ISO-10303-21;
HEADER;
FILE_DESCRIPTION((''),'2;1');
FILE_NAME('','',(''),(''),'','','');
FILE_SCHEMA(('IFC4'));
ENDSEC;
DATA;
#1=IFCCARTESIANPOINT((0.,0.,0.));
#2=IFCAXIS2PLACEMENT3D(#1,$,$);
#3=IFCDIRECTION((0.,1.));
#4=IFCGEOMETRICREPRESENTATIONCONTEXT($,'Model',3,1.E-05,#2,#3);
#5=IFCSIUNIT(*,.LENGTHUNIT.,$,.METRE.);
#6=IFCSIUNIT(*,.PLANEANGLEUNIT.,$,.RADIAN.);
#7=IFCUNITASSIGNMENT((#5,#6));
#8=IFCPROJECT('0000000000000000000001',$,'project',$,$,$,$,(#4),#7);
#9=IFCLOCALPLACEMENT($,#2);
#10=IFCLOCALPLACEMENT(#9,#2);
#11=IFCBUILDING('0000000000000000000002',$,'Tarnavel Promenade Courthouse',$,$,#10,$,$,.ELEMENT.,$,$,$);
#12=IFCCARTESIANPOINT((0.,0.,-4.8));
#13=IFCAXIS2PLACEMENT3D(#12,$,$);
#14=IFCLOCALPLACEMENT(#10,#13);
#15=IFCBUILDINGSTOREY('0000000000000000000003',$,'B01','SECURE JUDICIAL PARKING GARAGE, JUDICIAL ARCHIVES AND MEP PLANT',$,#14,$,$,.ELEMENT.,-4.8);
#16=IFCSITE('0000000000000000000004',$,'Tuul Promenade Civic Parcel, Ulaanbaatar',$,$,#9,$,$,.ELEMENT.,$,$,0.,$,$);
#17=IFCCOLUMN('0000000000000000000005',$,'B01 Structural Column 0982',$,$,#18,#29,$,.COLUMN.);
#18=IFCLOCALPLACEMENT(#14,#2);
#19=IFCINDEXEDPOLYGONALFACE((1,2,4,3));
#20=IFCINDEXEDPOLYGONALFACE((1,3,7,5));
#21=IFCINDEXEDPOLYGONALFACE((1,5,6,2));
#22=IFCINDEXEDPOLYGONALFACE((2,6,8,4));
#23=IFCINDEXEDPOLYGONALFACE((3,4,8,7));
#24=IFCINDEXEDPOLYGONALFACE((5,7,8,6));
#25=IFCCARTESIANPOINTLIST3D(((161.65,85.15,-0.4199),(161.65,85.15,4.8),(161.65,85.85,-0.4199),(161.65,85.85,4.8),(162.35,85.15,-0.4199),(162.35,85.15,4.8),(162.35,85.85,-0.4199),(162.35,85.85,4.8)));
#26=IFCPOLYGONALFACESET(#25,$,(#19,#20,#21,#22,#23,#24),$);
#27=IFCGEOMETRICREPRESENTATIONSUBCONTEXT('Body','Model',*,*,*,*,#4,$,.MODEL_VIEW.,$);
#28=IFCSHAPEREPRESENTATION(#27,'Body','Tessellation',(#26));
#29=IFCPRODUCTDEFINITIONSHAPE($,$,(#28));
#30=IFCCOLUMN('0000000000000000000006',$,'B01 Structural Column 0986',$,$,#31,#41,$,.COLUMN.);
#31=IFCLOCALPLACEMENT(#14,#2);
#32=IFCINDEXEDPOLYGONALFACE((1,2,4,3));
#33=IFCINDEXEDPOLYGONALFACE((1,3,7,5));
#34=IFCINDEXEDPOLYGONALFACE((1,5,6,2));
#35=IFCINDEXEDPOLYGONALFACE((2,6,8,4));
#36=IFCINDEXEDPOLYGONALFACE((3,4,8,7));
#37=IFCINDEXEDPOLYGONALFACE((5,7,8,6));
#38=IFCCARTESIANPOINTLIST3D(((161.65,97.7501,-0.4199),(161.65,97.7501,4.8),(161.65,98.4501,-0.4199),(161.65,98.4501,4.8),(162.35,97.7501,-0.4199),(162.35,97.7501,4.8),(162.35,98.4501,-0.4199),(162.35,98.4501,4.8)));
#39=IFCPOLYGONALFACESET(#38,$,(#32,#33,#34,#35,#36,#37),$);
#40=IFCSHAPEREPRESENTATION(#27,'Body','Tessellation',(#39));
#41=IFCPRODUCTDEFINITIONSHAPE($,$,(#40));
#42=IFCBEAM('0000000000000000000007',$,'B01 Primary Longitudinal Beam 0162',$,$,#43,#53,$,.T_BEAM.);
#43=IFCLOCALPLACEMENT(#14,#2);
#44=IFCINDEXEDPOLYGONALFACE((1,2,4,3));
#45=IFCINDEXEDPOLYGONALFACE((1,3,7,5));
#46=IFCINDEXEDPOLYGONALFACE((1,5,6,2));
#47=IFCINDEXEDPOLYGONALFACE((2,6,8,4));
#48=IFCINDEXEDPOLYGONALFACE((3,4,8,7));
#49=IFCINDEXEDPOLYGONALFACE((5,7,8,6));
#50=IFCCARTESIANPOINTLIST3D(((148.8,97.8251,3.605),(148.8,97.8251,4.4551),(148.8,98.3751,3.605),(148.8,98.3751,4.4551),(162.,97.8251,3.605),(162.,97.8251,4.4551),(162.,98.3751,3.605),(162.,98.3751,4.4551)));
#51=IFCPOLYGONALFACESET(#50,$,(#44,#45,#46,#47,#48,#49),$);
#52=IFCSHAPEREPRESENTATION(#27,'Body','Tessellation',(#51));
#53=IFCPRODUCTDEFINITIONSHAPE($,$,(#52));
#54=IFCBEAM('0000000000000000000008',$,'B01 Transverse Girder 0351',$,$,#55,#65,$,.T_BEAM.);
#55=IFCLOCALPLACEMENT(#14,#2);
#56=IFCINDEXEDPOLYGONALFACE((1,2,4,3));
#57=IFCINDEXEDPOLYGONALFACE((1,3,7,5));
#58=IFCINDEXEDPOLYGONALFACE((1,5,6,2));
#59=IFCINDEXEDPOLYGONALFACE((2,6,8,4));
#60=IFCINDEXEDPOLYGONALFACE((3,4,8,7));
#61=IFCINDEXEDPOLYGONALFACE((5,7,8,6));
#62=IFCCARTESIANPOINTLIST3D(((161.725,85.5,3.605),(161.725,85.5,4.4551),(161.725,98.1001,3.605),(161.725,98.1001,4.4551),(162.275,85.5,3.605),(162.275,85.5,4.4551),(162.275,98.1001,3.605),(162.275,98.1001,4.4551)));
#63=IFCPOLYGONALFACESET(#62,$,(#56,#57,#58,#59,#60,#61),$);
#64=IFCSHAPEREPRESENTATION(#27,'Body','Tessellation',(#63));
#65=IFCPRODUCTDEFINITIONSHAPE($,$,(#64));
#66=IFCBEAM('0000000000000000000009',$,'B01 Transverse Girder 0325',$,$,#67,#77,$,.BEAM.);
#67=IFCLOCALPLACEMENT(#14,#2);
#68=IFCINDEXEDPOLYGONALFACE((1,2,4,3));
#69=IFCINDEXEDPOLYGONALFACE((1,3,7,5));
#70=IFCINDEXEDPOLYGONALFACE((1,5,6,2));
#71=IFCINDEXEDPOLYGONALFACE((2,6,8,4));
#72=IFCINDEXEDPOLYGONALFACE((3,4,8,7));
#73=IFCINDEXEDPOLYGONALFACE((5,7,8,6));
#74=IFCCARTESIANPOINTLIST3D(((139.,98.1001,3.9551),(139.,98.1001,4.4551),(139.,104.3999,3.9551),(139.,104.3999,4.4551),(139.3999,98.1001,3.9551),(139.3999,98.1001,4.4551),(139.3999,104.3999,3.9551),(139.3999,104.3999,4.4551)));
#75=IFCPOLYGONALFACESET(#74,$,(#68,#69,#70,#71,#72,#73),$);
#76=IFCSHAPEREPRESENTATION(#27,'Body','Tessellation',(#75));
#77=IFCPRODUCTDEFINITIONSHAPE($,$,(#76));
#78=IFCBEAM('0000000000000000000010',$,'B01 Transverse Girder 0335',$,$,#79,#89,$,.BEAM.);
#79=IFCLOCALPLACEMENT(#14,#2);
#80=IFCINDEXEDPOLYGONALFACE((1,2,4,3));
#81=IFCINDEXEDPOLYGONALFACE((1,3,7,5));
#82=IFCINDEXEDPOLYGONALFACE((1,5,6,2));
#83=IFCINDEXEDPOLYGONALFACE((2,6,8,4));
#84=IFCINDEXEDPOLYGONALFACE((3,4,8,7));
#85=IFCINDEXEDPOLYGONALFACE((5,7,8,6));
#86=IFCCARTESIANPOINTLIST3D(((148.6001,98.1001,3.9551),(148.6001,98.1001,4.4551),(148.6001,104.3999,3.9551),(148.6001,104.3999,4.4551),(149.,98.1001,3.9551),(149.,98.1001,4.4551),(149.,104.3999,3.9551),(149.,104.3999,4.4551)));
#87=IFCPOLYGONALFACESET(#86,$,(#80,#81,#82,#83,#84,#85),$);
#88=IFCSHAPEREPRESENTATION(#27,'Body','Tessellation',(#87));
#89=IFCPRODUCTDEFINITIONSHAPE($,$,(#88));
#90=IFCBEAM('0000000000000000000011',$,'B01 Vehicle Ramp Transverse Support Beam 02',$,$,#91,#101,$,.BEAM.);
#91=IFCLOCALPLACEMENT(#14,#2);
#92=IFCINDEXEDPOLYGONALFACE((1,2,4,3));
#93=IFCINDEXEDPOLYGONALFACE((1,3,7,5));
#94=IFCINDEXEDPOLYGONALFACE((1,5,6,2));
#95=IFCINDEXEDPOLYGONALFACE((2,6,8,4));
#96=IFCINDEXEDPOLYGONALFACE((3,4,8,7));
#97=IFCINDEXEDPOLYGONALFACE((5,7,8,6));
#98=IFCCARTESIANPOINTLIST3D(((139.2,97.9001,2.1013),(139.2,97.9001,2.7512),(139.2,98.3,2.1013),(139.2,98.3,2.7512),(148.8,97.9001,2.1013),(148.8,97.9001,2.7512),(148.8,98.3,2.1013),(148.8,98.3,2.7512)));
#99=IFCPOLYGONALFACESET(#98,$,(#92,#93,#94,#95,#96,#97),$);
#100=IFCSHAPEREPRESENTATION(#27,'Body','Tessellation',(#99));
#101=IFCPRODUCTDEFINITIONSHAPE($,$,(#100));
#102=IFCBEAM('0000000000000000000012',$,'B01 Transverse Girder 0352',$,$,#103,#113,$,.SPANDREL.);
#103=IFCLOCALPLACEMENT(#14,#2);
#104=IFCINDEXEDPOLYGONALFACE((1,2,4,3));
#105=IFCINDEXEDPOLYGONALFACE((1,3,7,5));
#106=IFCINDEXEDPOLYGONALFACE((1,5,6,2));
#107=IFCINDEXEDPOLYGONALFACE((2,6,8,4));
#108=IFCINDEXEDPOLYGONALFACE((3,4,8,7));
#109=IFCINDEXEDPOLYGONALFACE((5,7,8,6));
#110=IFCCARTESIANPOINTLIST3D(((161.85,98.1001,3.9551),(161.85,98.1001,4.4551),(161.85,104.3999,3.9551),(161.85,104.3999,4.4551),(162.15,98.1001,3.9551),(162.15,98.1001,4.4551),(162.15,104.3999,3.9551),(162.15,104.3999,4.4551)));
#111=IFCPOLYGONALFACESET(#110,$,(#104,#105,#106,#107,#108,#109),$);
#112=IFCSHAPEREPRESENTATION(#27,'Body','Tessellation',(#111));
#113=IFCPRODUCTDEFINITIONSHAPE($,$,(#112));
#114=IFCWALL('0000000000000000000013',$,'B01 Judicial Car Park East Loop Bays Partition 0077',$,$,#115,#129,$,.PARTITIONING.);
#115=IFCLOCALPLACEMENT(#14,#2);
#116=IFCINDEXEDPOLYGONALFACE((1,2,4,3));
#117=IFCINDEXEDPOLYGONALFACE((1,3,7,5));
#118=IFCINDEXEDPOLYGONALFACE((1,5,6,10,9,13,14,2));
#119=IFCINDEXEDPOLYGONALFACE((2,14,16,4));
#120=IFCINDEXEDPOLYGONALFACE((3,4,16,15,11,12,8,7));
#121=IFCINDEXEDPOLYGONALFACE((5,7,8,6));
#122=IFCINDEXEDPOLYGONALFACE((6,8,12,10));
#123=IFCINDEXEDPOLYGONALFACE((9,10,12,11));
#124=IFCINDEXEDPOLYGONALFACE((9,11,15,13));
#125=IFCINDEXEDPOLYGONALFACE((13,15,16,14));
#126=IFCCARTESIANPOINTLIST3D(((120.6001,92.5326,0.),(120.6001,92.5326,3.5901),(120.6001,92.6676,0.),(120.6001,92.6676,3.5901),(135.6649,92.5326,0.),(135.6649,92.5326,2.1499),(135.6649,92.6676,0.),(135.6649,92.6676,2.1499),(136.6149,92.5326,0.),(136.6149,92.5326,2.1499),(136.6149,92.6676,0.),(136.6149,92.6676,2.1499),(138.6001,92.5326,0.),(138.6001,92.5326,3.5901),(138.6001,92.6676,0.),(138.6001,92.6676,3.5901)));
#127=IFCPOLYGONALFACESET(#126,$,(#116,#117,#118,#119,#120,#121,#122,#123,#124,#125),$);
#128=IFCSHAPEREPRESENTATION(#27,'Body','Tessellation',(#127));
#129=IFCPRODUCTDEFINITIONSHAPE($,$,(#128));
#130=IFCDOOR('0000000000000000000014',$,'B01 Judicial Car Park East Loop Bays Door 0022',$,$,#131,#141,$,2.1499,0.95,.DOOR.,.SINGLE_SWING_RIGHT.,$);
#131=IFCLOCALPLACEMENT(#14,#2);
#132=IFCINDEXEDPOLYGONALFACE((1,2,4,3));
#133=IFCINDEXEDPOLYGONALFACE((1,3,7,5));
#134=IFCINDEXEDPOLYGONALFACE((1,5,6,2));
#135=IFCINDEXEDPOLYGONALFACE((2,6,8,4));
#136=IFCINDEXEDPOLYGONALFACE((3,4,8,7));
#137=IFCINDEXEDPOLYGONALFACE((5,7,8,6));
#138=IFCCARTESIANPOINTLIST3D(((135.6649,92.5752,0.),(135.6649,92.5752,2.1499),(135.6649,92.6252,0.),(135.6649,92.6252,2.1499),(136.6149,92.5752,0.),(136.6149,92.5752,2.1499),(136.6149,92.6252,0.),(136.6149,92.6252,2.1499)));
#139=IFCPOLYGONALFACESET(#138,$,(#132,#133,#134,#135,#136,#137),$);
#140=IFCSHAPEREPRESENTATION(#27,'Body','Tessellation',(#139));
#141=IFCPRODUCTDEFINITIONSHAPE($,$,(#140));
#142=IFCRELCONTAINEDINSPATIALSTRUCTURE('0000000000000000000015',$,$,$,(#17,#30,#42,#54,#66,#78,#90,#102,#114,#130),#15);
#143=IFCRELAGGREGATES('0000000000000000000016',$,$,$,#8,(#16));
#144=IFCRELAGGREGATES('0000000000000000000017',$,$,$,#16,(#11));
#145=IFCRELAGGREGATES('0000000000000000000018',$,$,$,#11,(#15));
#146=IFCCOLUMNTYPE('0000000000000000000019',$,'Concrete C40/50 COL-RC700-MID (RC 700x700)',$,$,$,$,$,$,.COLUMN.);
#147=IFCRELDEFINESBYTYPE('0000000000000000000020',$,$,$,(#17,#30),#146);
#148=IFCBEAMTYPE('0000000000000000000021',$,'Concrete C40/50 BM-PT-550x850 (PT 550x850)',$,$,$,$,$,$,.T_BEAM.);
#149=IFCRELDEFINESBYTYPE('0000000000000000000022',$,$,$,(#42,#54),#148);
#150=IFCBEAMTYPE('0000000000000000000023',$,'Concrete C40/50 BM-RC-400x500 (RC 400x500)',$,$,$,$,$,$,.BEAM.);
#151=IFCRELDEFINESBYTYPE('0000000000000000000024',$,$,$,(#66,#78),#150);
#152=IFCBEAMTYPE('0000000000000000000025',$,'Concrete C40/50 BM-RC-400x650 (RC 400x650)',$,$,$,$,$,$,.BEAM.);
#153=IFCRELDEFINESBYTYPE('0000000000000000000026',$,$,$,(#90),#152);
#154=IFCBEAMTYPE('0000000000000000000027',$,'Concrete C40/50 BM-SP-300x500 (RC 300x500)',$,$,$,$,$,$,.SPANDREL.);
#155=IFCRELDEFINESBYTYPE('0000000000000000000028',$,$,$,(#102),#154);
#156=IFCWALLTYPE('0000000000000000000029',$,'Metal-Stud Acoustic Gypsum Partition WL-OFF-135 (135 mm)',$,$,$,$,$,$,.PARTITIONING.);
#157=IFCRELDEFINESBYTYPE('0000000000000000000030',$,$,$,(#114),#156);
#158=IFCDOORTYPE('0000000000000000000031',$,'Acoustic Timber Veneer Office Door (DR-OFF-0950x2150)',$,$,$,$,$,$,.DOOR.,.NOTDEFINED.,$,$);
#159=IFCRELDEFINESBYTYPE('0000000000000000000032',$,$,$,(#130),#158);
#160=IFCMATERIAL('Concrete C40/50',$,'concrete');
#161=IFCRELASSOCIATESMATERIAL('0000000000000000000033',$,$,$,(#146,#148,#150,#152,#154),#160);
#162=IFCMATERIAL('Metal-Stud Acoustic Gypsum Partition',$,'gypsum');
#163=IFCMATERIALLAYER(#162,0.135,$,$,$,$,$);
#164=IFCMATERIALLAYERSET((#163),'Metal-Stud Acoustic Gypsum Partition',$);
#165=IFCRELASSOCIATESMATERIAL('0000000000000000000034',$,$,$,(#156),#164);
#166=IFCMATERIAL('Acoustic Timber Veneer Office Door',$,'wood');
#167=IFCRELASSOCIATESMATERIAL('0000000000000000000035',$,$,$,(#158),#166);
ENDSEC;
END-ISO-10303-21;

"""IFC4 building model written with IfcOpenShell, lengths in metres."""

from ifc_helpers import new_model, si_unit, direction, frame, frame_2d, origin, origin_2d, place, context, subcontext, project, spatial, rectangle, extrude, material, layer, layer_set, material_profile, profile_set, type_object, element, fill, save


model = new_model("IFC4")

# Units and contexts
model_context = context("Model", 3, precision=1e-05, world=origin(), true_north=direction((0.0, 1.0)))
body_context = subcontext(model_context, "Body", "Model", "MODEL_VIEW")
ifc_project = project(units=[si_unit("LENGTHUNIT", "METRE"), si_unit("PLANEANGLEUNIT", "RADIAN")], contexts=[model_context])

# Site, building, storey
site_placement = place(None, origin())
site = spatial("IfcSite", under=ifc_project, at=site_placement, Name="Tuul Promenade Civic Parcel, Ulaanbaatar", CompositionType="ELEMENT", RefElevation=0.0)
building_placement = place(site_placement, origin())
building = spatial("IfcBuilding", under=site, at=building_placement, Name="Tarnavel Promenade Courthouse", CompositionType="ELEMENT")
storey_placement = place(building_placement, frame((0.0, 0.0, -4.8)))
storey = spatial("IfcBuildingStorey", under=building, at=storey_placement, Name="B01", Description="SECURE JUDICIAL PARKING GARAGE, JUDICIAL ARCHIVES AND MEP PLANT", CompositionType="ELEMENT", Elevation=-4.8)

# Columns
ifc_material_1 = material(Name="Concrete C40/50", Category="concrete")
ifc_material_profile_1 = material_profile(ifc_material_1, rectangle(XDim=0.7, YDim=0.7, at=origin_2d()), Name="RC 700x700")
ifc_profile_set_1 = profile_set([ifc_material_profile_1], Name="Concrete C40/50")
column_type = type_object("IfcColumnType", Name="Concrete C40/50 COL-RC700-MID (RC 700x700)", PredefinedType="COLUMN", material=ifc_profile_set_1)
for number, where, z_axis, x_axis, name in (
    (1, (162.0, 85.5, -0.4199), (0.0, 0.0, 1.0), (1.0, 0.0, 0.0), "B01 Structural Column 0982"),
    (2, (162.0, 98.1001, -0.4199), (0.0, 0.0, 1.0), (1.0, 0.0, 0.0), "B01 Structural Column 0986"),
):
    element("IfcColumn", number, at=place(storey_placement, frame(where, z_axis=z_axis, x_axis=x_axis)), inside=storey, type_object=column_type, Name=name, PredefinedType="COLUMN", context=body_context, shape_type="SweptSolid", body=[
        extrude(rectangle(XDim=0.7, YDim=0.7, at=origin_2d()), origin(), (0.0, 0.0, 1.0), 5.22),
    ])

# Beams
ifc_material_profile_2 = material_profile(ifc_material_1, rectangle(XDim=0.55, YDim=0.8501, at=origin_2d()), Name="PT 550x850")
ifc_profile_set_2 = profile_set([ifc_material_profile_2], Name="Concrete C40/50")
beam_type_1 = type_object("IfcBeamType", Name="Concrete C40/50 BM-PT-550x850 (PT 550x850)", PredefinedType="T_BEAM", material=ifc_profile_set_2)
beam_1_placement = place(storey_placement, frame((148.8, 98.1001, 4.03), z_axis=(1.0, 0.0, 0.0), x_axis=(0.0, 1.0, 0.0)))
element("IfcBeam", 3, at=beam_1_placement, inside=storey, type_object=beam_type_1, Name="B01 Primary Longitudinal Beam 0162", PredefinedType="T_BEAM", context=body_context, shape_type="SweptSolid", body=[
    extrude(rectangle(XDim=0.55, YDim=0.8501, at=origin_2d()), origin(), (0.0, 0.0, 1.0), 13.2),
])
beam_2_placement = place(storey_placement, frame((162.0, 85.5, 4.03), z_axis=(0.0, 1.0, 0.0), x_axis=(-1.0, 0.0, 0.0)))
element("IfcBeam", 4, at=beam_2_placement, inside=storey, type_object=beam_type_1, Name="B01 Transverse Girder 0351", PredefinedType="T_BEAM", context=body_context, shape_type="SweptSolid", body=[
    extrude(rectangle(XDim=0.55, YDim=0.8501, at=origin_2d()), origin(), (0.0, 0.0, 1.0), 12.6001),
])
ifc_material_profile_3 = material_profile(ifc_material_1, rectangle(XDim=0.3999, YDim=0.5, at=origin_2d()), Name="RC 400x500")
ifc_profile_set_3 = profile_set([ifc_material_profile_3], Name="Concrete C40/50")
beam_type_2 = type_object("IfcBeamType", Name="Concrete C40/50 BM-RC-400x500 (RC 400x500)", PredefinedType="BEAM", material=ifc_profile_set_3)
for number, where, z_axis, x_axis, name in (
    (5, (139.2, 98.1001, 4.2051), (0.0, 1.0, 0.0), (-1.0, 0.0, 0.0), "B01 Transverse Girder 0325"),
    (6, (148.8, 98.1001, 4.2051), (0.0, 1.0, 0.0), (-1.0, 0.0, 0.0), "B01 Transverse Girder 0335"),
):
    element("IfcBeam", number, at=place(storey_placement, frame(where, z_axis=z_axis, x_axis=x_axis)), inside=storey, type_object=beam_type_2, Name=name, PredefinedType="BEAM", context=body_context, shape_type="SweptSolid", body=[
        extrude(rectangle(XDim=0.3999, YDim=0.5, at=origin_2d()), origin(), (0.0, 0.0, 1.0), 6.2998),
    ])
ifc_material_profile_4 = material_profile(ifc_material_1, rectangle(XDim=0.3999, YDim=0.6499, at=origin_2d()), Name="RC 400x650")
ifc_profile_set_4 = profile_set([ifc_material_profile_4], Name="Concrete C40/50")
beam_type_3 = type_object("IfcBeamType", Name="Concrete C40/50 BM-RC-400x650 (RC 400x650)", PredefinedType="BEAM", material=ifc_profile_set_4)
beam_3_placement = place(storey_placement, frame((139.2, 98.1001, 2.4263), z_axis=(1.0, 0.0, 0.0), x_axis=(0.0, 1.0, 0.0)))
element("IfcBeam", 7, at=beam_3_placement, inside=storey, type_object=beam_type_3, Name="B01 Vehicle Ramp Transverse Support Beam 02", PredefinedType="BEAM", context=body_context, shape_type="SweptSolid", body=[
    extrude(rectangle(XDim=0.3999, YDim=0.6499, at=origin_2d()), origin(), (0.0, 0.0, 1.0), 9.6001),
])
ifc_material_profile_5 = material_profile(ifc_material_1, rectangle(XDim=0.3, YDim=0.5, at=origin_2d()), Name="RC 300x500")
ifc_profile_set_5 = profile_set([ifc_material_profile_5], Name="Concrete C40/50")
beam_type_4 = type_object("IfcBeamType", Name="Concrete C40/50 BM-SP-300x500 (RC 300x500)", PredefinedType="SPANDREL", material=ifc_profile_set_5)
beam_4_placement = place(storey_placement, frame((162.0, 98.1001, 4.2051), z_axis=(0.0, 1.0, 0.0), x_axis=(-1.0, 0.0, 0.0)))
element("IfcBeam", 8, at=beam_4_placement, inside=storey, type_object=beam_type_4, Name="B01 Transverse Girder 0352", PredefinedType="SPANDREL", context=body_context, shape_type="SweptSolid", body=[
    extrude(rectangle(XDim=0.3, YDim=0.5, at=origin_2d()), origin(), (0.0, 0.0, 1.0), 6.2998),
])

# Wall, opening, door
ifc_material_2 = material(Name="Metal-Stud Acoustic Gypsum Partition", Category="gypsum")
ifc_layer = layer(ifc_material_2, 0.135)
ifc_layer_set = layer_set([ifc_layer], Name="Metal-Stud Acoustic Gypsum Partition")
wall_type = type_object("IfcWallType", Name="Metal-Stud Acoustic Gypsum Partition WL-OFF-135 (135 mm)", PredefinedType="PARTITIONING", material=ifc_layer_set)
wall_placement = place(storey_placement, frame((138.6001, 92.6001, 0.0), z_axis=(0.0, 0.0, 1.0), x_axis=(-1.0, 0.0, 0.0)))
wall = element("IfcWall", 9, at=wall_placement, inside=storey, type_object=wall_type, Name="B01 Judicial Car Park East Loop Bays Partition 0077", PredefinedType="PARTITIONING", context=body_context, shape_type="SweptSolid", body=[
    extrude(rectangle(XDim=18.0, YDim=0.135, at=frame_2d((9.0, 0.0))), origin(), (0.0, 0.0, 1.0), 3.5901),
])
opening_placement = place(wall_placement, frame((1.9851, 0.0, 0.0)))
opening = element("IfcOpeningElement", 10, at=opening_placement, cuts=wall, PredefinedType="OPENING", context=body_context, shape_type="SweptSolid", body=[
    extrude(rectangle(XDim=0.95, YDim=2.1499, at=frame_2d((0.4751, 1.075))), frame((0.0, 0.0774, 0.0), z_axis=(0.0, -1.0, 0.0), x_axis=(1.0, 0.0, 0.0)), (0.0, 0.0, 1.0), 0.155),
])
ifc_material_3 = material(Name="Acoustic Timber Veneer Office Door", Category="wood")
door_type = type_object("IfcDoorType", Name="Acoustic Timber Veneer Office Door (DR-OFF-0950x2150)", OperationType="NOTDEFINED", PredefinedType="DOOR", material=ifc_material_3)
door_placement = place(opening_placement, origin())
door = element("IfcDoor", 11, at=door_placement, inside=storey, type_object=door_type, Name="B01 Judicial Car Park East Loop Bays Door 0022", OperationType="SINGLE_SWING_RIGHT", OverallHeight=2.1499, OverallWidth=0.95, PredefinedType="DOOR", context=body_context, shape_type="SweptSolid", body=[
    extrude(rectangle(XDim=0.95, YDim=2.1499, at=frame_2d((0.4751, 1.075))), frame((0.0, 0.0249, 0.0), z_axis=(0.0, -1.0, 0.0), x_axis=(1.0, 0.0, 0.0)), (0.0, 0.0, 1.0), 0.05),
])
fill(opening, door)

save(model, "model.ifc")
